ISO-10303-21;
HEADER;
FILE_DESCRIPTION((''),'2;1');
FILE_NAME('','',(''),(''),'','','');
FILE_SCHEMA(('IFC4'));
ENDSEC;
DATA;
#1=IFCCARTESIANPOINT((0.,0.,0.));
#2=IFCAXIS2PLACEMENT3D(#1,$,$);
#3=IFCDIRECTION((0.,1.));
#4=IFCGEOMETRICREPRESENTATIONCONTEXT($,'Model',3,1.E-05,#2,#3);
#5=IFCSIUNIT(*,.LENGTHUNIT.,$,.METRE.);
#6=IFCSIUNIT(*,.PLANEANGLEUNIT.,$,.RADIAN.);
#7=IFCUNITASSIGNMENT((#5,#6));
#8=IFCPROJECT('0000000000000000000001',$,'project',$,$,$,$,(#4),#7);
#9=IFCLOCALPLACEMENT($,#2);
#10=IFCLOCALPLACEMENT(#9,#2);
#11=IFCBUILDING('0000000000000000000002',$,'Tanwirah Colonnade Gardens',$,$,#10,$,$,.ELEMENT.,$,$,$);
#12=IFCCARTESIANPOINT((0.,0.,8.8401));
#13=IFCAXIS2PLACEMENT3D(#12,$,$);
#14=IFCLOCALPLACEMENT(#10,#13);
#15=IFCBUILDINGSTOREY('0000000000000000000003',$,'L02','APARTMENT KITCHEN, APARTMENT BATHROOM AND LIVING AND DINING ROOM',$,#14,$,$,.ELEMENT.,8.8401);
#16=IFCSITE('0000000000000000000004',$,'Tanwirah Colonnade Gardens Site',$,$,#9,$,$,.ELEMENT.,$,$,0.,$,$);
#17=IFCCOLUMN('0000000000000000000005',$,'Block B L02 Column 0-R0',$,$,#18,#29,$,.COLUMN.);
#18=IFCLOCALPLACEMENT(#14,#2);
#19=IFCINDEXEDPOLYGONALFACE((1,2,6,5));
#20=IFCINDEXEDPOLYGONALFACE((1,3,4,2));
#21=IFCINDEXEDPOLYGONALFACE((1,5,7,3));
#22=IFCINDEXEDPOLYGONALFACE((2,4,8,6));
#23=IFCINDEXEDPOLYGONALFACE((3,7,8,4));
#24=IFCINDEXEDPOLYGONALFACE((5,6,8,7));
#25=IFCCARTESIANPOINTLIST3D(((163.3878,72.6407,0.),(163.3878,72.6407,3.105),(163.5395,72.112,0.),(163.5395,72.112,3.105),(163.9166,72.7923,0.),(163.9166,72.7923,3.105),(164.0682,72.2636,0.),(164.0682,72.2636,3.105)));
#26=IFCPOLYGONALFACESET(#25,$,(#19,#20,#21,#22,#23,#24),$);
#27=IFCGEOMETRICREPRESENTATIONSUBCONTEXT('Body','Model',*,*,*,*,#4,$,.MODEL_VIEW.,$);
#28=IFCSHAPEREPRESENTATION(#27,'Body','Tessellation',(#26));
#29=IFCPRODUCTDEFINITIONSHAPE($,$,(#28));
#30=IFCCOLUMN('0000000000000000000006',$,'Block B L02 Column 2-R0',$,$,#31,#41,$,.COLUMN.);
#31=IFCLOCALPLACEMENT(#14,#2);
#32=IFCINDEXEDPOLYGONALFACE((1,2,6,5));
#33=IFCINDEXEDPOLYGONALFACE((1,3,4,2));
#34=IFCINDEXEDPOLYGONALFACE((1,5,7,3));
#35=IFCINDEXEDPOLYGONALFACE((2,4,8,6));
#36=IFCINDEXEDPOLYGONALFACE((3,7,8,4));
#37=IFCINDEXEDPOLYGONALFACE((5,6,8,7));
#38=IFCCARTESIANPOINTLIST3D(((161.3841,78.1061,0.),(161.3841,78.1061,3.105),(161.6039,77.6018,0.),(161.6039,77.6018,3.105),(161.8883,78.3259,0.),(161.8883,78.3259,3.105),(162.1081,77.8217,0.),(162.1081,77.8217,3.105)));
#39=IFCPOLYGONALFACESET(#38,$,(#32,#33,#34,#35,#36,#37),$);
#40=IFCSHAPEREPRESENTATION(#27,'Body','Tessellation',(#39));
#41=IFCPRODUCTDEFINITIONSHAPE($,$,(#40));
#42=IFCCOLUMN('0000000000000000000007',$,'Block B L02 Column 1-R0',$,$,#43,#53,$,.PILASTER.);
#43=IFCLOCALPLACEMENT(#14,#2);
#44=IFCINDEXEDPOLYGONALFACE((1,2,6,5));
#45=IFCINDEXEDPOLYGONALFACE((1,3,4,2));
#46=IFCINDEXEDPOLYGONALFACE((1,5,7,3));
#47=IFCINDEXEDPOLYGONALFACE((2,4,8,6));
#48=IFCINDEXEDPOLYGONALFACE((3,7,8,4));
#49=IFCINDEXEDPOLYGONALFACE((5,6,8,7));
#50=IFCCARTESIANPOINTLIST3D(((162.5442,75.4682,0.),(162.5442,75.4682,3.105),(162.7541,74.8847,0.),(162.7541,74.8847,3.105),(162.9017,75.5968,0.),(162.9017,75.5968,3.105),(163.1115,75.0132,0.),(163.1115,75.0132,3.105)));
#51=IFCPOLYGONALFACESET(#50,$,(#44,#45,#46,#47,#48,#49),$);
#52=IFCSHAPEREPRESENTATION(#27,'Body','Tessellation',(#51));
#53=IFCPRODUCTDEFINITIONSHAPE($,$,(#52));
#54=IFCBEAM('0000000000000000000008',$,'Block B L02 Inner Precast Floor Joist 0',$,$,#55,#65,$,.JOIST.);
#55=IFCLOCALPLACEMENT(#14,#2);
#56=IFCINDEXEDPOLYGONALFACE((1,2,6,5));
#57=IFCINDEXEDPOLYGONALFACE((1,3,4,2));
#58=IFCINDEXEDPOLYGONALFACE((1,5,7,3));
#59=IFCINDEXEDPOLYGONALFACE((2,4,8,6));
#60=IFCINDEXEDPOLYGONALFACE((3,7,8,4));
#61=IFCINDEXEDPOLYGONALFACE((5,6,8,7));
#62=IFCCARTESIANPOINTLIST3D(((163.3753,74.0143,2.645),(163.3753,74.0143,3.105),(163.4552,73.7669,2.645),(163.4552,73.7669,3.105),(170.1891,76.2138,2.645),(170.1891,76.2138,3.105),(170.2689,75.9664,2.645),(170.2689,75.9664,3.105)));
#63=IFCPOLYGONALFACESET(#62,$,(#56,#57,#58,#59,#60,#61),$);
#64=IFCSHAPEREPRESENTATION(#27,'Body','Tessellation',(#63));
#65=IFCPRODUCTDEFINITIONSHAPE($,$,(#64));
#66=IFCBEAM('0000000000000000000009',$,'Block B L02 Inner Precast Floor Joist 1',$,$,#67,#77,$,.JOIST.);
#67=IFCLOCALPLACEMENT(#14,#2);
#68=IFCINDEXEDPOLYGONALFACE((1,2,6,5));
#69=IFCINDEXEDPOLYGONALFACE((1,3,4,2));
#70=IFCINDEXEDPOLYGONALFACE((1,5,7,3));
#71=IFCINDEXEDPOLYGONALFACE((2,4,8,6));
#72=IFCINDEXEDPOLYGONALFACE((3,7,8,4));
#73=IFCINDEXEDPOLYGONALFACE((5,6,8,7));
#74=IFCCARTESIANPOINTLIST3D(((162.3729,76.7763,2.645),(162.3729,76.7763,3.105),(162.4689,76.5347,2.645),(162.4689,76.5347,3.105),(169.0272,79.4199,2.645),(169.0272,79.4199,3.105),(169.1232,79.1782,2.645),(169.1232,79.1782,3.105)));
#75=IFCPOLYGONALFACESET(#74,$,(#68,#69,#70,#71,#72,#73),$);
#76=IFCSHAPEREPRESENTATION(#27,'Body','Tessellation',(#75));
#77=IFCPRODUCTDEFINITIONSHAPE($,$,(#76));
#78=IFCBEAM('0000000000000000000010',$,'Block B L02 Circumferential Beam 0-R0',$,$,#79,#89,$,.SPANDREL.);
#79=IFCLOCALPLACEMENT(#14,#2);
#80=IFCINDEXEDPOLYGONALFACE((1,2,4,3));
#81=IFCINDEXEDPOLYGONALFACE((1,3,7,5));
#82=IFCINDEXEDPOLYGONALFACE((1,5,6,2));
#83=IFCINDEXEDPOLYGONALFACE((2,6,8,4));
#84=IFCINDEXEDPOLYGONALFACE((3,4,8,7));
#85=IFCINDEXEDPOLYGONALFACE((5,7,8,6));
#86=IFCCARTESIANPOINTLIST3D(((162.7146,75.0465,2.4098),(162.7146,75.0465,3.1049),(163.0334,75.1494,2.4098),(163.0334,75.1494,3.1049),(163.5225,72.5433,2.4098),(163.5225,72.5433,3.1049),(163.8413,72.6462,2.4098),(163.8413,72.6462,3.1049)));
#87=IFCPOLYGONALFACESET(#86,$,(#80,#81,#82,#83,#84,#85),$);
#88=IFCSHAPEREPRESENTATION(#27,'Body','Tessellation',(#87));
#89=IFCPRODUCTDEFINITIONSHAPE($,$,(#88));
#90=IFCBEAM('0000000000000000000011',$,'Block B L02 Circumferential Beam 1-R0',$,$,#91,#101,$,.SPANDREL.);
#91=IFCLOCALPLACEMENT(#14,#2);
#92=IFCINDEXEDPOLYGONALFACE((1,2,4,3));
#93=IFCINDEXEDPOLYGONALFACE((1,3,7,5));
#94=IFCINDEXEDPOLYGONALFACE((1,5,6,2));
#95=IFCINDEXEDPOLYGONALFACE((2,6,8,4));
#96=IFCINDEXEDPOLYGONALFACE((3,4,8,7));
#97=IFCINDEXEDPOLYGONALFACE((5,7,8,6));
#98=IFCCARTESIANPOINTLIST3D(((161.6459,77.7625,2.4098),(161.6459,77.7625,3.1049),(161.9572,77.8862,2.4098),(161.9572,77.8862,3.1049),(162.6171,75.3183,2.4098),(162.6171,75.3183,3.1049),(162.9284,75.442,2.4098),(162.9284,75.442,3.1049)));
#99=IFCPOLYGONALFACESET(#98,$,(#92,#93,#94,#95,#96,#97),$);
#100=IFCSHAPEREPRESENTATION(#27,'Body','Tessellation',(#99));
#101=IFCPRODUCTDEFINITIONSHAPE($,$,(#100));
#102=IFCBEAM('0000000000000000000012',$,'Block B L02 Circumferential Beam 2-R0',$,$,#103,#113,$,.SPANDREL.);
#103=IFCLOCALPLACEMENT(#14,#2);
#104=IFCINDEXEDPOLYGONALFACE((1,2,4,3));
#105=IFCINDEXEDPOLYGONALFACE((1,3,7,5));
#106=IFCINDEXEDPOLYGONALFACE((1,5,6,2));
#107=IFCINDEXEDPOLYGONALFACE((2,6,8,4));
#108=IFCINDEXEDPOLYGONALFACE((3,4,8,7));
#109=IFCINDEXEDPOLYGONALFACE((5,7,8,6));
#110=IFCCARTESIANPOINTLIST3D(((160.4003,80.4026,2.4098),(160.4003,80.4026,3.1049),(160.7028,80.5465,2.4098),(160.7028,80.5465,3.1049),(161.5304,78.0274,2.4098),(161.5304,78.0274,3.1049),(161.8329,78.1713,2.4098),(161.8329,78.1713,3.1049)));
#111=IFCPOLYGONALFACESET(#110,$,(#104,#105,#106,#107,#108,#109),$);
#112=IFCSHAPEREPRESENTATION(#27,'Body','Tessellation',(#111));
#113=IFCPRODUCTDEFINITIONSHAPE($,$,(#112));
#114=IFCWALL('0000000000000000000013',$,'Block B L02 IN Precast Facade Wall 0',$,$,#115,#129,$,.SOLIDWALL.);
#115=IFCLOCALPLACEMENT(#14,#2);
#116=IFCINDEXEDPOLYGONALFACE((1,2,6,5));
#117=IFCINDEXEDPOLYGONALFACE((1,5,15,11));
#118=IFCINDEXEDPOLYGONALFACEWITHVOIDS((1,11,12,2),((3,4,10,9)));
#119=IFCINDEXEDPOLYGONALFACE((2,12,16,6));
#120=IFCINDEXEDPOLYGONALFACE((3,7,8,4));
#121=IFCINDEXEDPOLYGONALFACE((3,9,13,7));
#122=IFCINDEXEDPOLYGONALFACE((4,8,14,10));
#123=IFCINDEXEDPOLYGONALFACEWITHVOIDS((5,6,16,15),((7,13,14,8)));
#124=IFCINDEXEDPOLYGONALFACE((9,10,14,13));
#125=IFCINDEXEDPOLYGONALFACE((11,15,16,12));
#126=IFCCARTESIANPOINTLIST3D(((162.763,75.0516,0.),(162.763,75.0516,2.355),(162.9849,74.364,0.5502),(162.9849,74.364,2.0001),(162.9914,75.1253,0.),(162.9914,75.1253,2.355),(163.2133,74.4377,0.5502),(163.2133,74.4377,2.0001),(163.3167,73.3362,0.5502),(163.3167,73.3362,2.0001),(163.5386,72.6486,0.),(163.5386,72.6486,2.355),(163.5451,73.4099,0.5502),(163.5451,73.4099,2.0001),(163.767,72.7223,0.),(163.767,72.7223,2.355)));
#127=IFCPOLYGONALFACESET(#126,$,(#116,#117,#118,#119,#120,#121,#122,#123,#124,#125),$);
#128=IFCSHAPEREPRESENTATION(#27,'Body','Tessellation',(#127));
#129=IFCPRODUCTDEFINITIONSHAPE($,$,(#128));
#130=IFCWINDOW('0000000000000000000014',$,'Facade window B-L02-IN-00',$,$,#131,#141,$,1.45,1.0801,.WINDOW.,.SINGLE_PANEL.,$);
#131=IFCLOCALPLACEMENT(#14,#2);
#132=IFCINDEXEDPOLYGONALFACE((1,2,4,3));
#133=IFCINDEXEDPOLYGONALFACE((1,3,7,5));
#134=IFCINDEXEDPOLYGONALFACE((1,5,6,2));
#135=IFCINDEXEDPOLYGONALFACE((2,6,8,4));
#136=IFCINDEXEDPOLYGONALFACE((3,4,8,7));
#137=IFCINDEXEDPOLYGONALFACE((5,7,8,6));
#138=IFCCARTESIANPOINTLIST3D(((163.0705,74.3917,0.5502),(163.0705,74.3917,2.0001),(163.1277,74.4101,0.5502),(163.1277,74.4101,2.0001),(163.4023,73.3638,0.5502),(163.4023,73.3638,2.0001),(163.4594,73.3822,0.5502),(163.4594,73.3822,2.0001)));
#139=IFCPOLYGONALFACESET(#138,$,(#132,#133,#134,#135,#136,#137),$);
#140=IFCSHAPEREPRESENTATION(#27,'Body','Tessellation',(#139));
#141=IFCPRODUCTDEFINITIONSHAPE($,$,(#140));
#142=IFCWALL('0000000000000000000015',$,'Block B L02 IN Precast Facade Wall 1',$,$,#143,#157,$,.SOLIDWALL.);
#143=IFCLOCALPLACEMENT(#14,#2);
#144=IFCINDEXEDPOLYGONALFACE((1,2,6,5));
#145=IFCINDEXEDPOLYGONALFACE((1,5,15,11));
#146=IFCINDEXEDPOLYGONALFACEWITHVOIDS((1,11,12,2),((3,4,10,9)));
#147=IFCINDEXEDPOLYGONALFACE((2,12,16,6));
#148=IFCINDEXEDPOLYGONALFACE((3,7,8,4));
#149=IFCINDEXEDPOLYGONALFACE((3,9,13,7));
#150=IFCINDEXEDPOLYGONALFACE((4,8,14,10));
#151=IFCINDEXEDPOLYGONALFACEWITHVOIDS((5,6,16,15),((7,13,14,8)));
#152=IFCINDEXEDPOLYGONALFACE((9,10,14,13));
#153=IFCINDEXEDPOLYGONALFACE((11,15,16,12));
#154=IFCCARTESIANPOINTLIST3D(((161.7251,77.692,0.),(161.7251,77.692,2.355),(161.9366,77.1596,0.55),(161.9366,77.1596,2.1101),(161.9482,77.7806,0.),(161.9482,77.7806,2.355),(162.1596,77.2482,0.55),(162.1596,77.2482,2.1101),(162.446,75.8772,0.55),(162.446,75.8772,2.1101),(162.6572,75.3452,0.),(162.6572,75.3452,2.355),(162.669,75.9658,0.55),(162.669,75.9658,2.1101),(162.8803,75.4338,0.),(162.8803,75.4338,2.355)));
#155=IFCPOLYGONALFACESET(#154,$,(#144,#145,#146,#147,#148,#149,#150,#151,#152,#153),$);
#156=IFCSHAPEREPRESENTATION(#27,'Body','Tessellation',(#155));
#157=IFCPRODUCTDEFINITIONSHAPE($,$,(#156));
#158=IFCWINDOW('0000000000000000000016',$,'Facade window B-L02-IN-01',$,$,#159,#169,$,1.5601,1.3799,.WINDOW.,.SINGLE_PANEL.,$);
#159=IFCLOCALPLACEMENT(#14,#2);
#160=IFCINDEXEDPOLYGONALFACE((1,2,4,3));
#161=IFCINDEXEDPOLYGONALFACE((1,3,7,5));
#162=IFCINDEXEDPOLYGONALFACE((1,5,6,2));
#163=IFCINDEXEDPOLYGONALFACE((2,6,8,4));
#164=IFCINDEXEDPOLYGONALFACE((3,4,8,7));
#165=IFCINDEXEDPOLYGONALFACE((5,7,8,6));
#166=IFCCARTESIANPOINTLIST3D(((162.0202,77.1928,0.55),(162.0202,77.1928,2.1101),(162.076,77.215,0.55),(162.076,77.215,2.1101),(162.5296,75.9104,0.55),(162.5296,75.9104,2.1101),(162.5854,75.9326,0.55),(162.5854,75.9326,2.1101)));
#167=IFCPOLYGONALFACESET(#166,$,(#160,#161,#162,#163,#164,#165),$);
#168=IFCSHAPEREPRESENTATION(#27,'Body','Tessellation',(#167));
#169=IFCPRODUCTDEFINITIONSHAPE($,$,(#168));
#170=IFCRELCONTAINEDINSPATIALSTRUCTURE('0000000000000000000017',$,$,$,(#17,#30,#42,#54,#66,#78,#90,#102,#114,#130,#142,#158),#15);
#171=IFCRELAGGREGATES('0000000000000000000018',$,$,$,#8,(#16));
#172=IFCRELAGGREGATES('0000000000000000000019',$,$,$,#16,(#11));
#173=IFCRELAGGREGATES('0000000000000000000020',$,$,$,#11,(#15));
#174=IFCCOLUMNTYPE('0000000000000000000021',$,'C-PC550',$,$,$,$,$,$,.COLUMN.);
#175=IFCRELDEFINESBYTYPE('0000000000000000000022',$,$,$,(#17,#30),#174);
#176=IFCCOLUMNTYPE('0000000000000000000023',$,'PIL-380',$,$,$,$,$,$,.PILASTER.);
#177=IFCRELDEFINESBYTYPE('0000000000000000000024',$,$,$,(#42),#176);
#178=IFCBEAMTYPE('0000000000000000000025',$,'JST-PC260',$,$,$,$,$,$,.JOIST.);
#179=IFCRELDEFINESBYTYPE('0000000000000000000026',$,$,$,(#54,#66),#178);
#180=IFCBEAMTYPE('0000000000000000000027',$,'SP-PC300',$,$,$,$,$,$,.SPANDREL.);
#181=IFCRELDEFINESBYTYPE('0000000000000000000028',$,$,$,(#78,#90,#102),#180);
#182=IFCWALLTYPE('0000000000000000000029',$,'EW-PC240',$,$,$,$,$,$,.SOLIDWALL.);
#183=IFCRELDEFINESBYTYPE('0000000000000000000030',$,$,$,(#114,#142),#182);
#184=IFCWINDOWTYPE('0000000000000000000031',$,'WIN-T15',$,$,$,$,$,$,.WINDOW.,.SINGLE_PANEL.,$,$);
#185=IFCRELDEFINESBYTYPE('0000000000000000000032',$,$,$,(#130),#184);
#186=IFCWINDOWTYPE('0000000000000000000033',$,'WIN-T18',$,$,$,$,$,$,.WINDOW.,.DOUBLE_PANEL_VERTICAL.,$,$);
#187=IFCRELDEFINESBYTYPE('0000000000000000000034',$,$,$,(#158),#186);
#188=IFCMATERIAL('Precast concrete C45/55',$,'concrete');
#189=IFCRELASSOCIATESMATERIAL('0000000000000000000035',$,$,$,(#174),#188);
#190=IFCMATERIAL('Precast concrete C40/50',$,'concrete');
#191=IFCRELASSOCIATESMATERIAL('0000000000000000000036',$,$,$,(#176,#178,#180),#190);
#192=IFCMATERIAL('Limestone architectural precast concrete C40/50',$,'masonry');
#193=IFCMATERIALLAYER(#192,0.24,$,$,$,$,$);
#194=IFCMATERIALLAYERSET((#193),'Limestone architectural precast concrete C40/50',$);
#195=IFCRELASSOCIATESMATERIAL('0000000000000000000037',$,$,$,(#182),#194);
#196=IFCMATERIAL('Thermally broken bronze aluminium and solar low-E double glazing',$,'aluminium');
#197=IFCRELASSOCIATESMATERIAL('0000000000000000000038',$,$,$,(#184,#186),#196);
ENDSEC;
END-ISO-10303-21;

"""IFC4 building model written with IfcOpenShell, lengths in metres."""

from ifc_helpers import new_model, si_unit, direction, frame, frame_2d, origin, origin_2d, place, context, subcontext, project, spatial, rectangle, extrude, material, layer, layer_set, material_profile, profile_set, type_object, element, fill, save


model = new_model("IFC4")

# Units and contexts
model_context = context("Model", 3, precision=1e-05, world=origin(), true_north=direction((0.0, 1.0)))
body_context = subcontext(model_context, "Body", "Model", "MODEL_VIEW")
ifc_project = project(units=[si_unit("LENGTHUNIT", "METRE"), si_unit("PLANEANGLEUNIT", "RADIAN")], contexts=[model_context])

# Site, building, storey
site_placement = place(None, origin())
site = spatial("IfcSite", under=ifc_project, at=site_placement, Name="Tanwirah Colonnade Gardens Site", CompositionType="ELEMENT", RefElevation=0.0)
building_placement = place(site_placement, origin())
building = spatial("IfcBuilding", under=site, at=building_placement, Name="Tanwirah Colonnade Gardens", CompositionType="ELEMENT")
storey_placement = place(building_placement, frame((0.0, 0.0, 8.8401)))
storey = spatial("IfcBuildingStorey", under=building, at=storey_placement, Name="L02", Description="APARTMENT KITCHEN, APARTMENT BATHROOM AND LIVING AND DINING ROOM", CompositionType="ELEMENT", Elevation=8.8401)

# Columns
ifc_material_1 = material(Name="Precast concrete C45/55", Category="concrete")
ifc_material_profile_1 = material_profile(ifc_material_1, rectangle(XDim=0.55, YDim=0.55, at=origin_2d()), Name="PC-COL 550x550")
ifc_profile_set_1 = profile_set([ifc_material_profile_1], Name="Precast concrete C45/55")
column_type_1 = type_object("IfcColumnType", Name="C-PC550", PredefinedType="COLUMN", material=ifc_profile_set_1)
for number, where, z_axis, x_axis, name in (
    (1, (163.728, 72.4521, 0.0), (0.0, 0.0, 1.0), (0.961262, 0.275637, 0.0), "Block B L02 Column 0-R0"),
    (2, (161.7461, 77.9639, 0.0), (0.0, 0.0, 1.0), (0.916673, 0.399638, 0.0), "Block B L02 Column 2-R0"),
):
    element("IfcColumn", number, at=place(storey_placement, frame(where, z_axis=z_axis, x_axis=x_axis)), inside=storey, type_object=column_type_1, Name=name, PredefinedType="COLUMN", context=body_context, shape_type="SweptSolid", body=[
        extrude(rectangle(XDim=0.55, YDim=0.55, at=origin_2d()), origin(), (0.0, 0.0, 1.0), 3.105),
    ])
ifc_material_2 = material(Name="Precast concrete C40/50", Category="concrete")
ifc_material_profile_2 = material_profile(ifc_material_2, rectangle(XDim=0.3799, YDim=0.6201, at=origin_2d()), Name="PC-PIL 380x620")
ifc_profile_set_2 = profile_set([ifc_material_profile_2], Name="Precast concrete C40/50")
column_type_2 = type_object("IfcColumnType", Name="PIL-380", PredefinedType="PILASTER", material=ifc_profile_set_2)
column_placement = place(storey_placement, frame((162.8279, 75.2407, 0.0), z_axis=(0.0, 0.0, 1.0), x_axis=(0.941012, 0.338373, 0.0)))
element("IfcColumn", 3, at=column_placement, inside=storey, type_object=column_type_2, Name="Block B L02 Column 1-R0", PredefinedType="PILASTER", context=body_context, shape_type="SweptSolid", body=[
    extrude(rectangle(XDim=0.3799, YDim=0.6201, at=origin_2d()), origin(), (0.0, 0.0, 1.0), 3.105),
])

# Beams
ifc_material_profile_3 = material_profile(ifc_material_2, rectangle(XDim=0.26, YDim=0.46, at=origin_2d()), Name="PC-JST 260x460")
ifc_profile_set_3 = profile_set([ifc_material_profile_3], Name="Precast concrete C40/50")
beam_type_1 = type_object("IfcBeamType", Name="JST-PC260", PredefinedType="JOIST", material=ifc_profile_set_3)
beam_1_placement = place(storey_placement, frame((163.4153, 73.8906, 2.875), z_axis=(0.951648, 0.307191, 0.0), x_axis=(-0.307191, 0.951648, 0.0)))
element("IfcBeam", 4, at=beam_1_placement, inside=storey, type_object=beam_type_1, Name="Block B L02 Inner Precast Floor Joist 0", PredefinedType="JOIST", context=body_context, shape_type="SweptSolid", body=[
    extrude(rectangle(XDim=0.26, YDim=0.46, at=origin_2d()), origin(), (0.0, 0.0, 1.0), 7.1599),
])
beam_2_placement = place(storey_placement, frame((162.4209, 76.6555, 2.875), z_axis=(0.929349, 0.369203, 0.0), x_axis=(-0.369203, 0.929349, 0.0)))
element("IfcBeam", 5, at=beam_2_placement, inside=storey, type_object=beam_type_1, Name="Block B L02 Inner Precast Floor Joist 1", PredefinedType="JOIST", context=body_context, shape_type="SweptSolid", body=[
    extrude(rectangle(XDim=0.26, YDim=0.46, at=origin_2d()), origin(), (0.0, 0.0, 1.0), 7.1602),
])
ifc_material_profile_4 = material_profile(ifc_material_2, rectangle(XDim=0.335, YDim=0.6951, at=origin_2d()), Name="PC-SP 335x695")
ifc_profile_set_4 = profile_set([ifc_material_profile_4], Name="Precast concrete C40/50")
beam_type_2 = type_object("IfcBeamType", Name="SP-PC300", PredefinedType="SPANDREL", material=ifc_profile_set_4)
beam_3_placement = place(storey_placement, frame((163.6819, 72.5947, 2.7573), z_axis=(-0.307136, 0.951666, 0.0), x_axis=(-0.951666, -0.307136, 0.0)))
element("IfcBeam", 6, at=beam_3_placement, inside=storey, type_object=beam_type_2, Name="Block B L02 Circumferential Beam 0-R0", PredefinedType="SPANDREL", context=body_context, shape_type="SweptSolid", body=[
    extrude(rectangle(XDim=0.335, YDim=0.6951, at=origin_2d()), origin(), (0.0, 0.0, 1.0), 2.6304),
])
beam_4_placement = place(storey_placement, frame((162.7727, 75.3801, 2.7573), z_axis=(-0.369245, 0.929332, 0.0), x_axis=(-0.929332, -0.369245, 0.0)))
element("IfcBeam", 7, at=beam_4_placement, inside=storey, type_object=beam_type_2, Name="Block B L02 Circumferential Beam 1-R0", PredefinedType="SPANDREL", context=body_context, shape_type="SweptSolid", body=[
    extrude(rectangle(XDim=0.335, YDim=0.6951, at=origin_2d()), origin(), (0.0, 0.0, 1.0), 2.6301),
])
beam_5_placement = place(storey_placement, frame((161.6816, 78.0994, 2.7573), z_axis=(-0.429642, 0.902999, 0.0), x_axis=(-0.902999, -0.429642, 0.0)))
element("IfcBeam", 8, at=beam_5_placement, inside=storey, type_object=beam_type_2, Name="Block B L02 Circumferential Beam 2-R0", PredefinedType="SPANDREL", context=body_context, shape_type="SweptSolid", body=[
    extrude(rectangle(XDim=0.335, YDim=0.6951, at=origin_2d()), origin(), (0.0, 0.0, 1.0), 2.6304),
])

# Walls, openings, windows
ifc_material_3 = material(Name="Limestone architectural precast concrete C40/50", Category="masonry")
ifc_layer_1 = layer(ifc_material_3, 0.24)
ifc_layer_set_1 = layer_set([ifc_layer_1], Name="Limestone architectural precast concrete C40/50")
wall_type_1 = type_object("IfcWallType", Name="EW-PC240", PredefinedType="SOLIDWALL", material=ifc_layer_set_1)
wall_1_placement = place(storey_placement, frame((163.6528, 72.6853, 0.0), z_axis=(0.0, 0.0, 1.0), x_axis=(-0.307164, 0.951657, 0.0)))
wall_1 = element("IfcWall", 9, at=wall_1_placement, inside=storey, type_object=wall_type_1, Name="Block B L02 IN Precast Facade Wall 0", PredefinedType="SOLIDWALL", context=body_context, shape_type="SweptSolid", body=[
    extrude(rectangle(XDim=2.5251, YDim=0.24, at=frame_2d((1.2627, 0.0))), origin(), (0.0, 0.0, 1.0), 2.355),
])
opening_1_placement = place(wall_1_placement, frame((0.7227, 0.0, 0.55)))
opening_1 = element("IfcOpeningElement", 10, at=opening_1_placement, cuts=wall_1, PredefinedType="OPENING", context=body_context, shape_type="SweptSolid", body=[
    extrude(rectangle(XDim=1.0801, YDim=1.45, at=frame_2d((0.54, 0.7251))), frame((0.0, 0.1299, 0.0), z_axis=(0.0, -1.0, 0.0), x_axis=(1.0, 0.0, 0.0)), (0.0, 0.0, 1.0), 0.26),
])
ifc_material_4 = material(Name="Thermally broken bronze aluminium and solar low-E double glazing", Category="aluminium")
window_type_1 = type_object("IfcWindowType", Name="WIN-T15", PartitioningType="SINGLE_PANEL", PredefinedType="WINDOW", material=ifc_material_4)
window_1_placement = place(opening_1_placement, origin())
window_1 = element("IfcWindow", 11, at=window_1_placement, inside=storey, type_object=window_type_1, Name="Facade window B-L02-IN-00", OverallHeight=1.45, OverallWidth=1.0801, PartitioningType="SINGLE_PANEL", PredefinedType="WINDOW", context=body_context, shape_type="SweptSolid", body=[
    extrude(rectangle(XDim=1.0801, YDim=1.45, at=frame_2d((0.54, 0.7251))), frame((0.0, 0.03, 0.0), z_axis=(0.0, -1.0, 0.0), x_axis=(1.0, 0.0, 0.0)), (0.0, 0.0, 1.0), 0.0601),
])
fill(opening_1, window_1)
wall_2_placement = place(storey_placement, frame((162.7688, 75.3894, 0.0), z_axis=(0.0, 0.0, 1.0), x_axis=(-0.369123, 0.929381, 0.0)))
wall_2 = element("IfcWall", 12, at=wall_2_placement, inside=storey, type_object=wall_type_1, Name="Block B L02 IN Precast Facade Wall 1", PredefinedType="SOLIDWALL", context=body_context, shape_type="SweptSolid", body=[
    extrude(rectangle(XDim=2.5251, YDim=0.24, at=frame_2d((1.2627, 0.0))), origin(), (0.0, 0.0, 1.0), 2.355),
])
opening_2_placement = place(wall_2_placement, frame((0.5725, 0.0, 0.55)))
opening_2 = element("IfcOpeningElement", 13, at=opening_2_placement, cuts=wall_2, PredefinedType="OPENING", context=body_context, shape_type="SweptSolid", body=[
    extrude(rectangle(XDim=1.3799, YDim=1.5601, at=frame_2d((0.6899, 0.78))), frame((0.0, 0.1299, 0.0), z_axis=(0.0, -1.0, 0.0), x_axis=(1.0, 0.0, 0.0)), (0.0, 0.0, 1.0), 0.26),
])
window_type_2 = type_object("IfcWindowType", Name="WIN-T18", PartitioningType="DOUBLE_PANEL_VERTICAL", PredefinedType="WINDOW", material=ifc_material_4)
window_2_placement = place(opening_2_placement, origin())
window_2 = element("IfcWindow", 14, at=window_2_placement, inside=storey, type_object=window_type_2, Name="Facade window B-L02-IN-01", OverallHeight=1.5601, OverallWidth=1.3799, PartitioningType="SINGLE_PANEL", PredefinedType="WINDOW", context=body_context, shape_type="SweptSolid", body=[
    extrude(rectangle(XDim=1.3799, YDim=1.5601, at=frame_2d((0.6899, 0.78))), frame((0.0, 0.03, 0.0), z_axis=(0.0, -1.0, 0.0), x_axis=(1.0, 0.0, 0.0)), (0.0, 0.0, 1.0), 0.0601),
])
fill(opening_2, window_2)

save(model, "model.ifc")
